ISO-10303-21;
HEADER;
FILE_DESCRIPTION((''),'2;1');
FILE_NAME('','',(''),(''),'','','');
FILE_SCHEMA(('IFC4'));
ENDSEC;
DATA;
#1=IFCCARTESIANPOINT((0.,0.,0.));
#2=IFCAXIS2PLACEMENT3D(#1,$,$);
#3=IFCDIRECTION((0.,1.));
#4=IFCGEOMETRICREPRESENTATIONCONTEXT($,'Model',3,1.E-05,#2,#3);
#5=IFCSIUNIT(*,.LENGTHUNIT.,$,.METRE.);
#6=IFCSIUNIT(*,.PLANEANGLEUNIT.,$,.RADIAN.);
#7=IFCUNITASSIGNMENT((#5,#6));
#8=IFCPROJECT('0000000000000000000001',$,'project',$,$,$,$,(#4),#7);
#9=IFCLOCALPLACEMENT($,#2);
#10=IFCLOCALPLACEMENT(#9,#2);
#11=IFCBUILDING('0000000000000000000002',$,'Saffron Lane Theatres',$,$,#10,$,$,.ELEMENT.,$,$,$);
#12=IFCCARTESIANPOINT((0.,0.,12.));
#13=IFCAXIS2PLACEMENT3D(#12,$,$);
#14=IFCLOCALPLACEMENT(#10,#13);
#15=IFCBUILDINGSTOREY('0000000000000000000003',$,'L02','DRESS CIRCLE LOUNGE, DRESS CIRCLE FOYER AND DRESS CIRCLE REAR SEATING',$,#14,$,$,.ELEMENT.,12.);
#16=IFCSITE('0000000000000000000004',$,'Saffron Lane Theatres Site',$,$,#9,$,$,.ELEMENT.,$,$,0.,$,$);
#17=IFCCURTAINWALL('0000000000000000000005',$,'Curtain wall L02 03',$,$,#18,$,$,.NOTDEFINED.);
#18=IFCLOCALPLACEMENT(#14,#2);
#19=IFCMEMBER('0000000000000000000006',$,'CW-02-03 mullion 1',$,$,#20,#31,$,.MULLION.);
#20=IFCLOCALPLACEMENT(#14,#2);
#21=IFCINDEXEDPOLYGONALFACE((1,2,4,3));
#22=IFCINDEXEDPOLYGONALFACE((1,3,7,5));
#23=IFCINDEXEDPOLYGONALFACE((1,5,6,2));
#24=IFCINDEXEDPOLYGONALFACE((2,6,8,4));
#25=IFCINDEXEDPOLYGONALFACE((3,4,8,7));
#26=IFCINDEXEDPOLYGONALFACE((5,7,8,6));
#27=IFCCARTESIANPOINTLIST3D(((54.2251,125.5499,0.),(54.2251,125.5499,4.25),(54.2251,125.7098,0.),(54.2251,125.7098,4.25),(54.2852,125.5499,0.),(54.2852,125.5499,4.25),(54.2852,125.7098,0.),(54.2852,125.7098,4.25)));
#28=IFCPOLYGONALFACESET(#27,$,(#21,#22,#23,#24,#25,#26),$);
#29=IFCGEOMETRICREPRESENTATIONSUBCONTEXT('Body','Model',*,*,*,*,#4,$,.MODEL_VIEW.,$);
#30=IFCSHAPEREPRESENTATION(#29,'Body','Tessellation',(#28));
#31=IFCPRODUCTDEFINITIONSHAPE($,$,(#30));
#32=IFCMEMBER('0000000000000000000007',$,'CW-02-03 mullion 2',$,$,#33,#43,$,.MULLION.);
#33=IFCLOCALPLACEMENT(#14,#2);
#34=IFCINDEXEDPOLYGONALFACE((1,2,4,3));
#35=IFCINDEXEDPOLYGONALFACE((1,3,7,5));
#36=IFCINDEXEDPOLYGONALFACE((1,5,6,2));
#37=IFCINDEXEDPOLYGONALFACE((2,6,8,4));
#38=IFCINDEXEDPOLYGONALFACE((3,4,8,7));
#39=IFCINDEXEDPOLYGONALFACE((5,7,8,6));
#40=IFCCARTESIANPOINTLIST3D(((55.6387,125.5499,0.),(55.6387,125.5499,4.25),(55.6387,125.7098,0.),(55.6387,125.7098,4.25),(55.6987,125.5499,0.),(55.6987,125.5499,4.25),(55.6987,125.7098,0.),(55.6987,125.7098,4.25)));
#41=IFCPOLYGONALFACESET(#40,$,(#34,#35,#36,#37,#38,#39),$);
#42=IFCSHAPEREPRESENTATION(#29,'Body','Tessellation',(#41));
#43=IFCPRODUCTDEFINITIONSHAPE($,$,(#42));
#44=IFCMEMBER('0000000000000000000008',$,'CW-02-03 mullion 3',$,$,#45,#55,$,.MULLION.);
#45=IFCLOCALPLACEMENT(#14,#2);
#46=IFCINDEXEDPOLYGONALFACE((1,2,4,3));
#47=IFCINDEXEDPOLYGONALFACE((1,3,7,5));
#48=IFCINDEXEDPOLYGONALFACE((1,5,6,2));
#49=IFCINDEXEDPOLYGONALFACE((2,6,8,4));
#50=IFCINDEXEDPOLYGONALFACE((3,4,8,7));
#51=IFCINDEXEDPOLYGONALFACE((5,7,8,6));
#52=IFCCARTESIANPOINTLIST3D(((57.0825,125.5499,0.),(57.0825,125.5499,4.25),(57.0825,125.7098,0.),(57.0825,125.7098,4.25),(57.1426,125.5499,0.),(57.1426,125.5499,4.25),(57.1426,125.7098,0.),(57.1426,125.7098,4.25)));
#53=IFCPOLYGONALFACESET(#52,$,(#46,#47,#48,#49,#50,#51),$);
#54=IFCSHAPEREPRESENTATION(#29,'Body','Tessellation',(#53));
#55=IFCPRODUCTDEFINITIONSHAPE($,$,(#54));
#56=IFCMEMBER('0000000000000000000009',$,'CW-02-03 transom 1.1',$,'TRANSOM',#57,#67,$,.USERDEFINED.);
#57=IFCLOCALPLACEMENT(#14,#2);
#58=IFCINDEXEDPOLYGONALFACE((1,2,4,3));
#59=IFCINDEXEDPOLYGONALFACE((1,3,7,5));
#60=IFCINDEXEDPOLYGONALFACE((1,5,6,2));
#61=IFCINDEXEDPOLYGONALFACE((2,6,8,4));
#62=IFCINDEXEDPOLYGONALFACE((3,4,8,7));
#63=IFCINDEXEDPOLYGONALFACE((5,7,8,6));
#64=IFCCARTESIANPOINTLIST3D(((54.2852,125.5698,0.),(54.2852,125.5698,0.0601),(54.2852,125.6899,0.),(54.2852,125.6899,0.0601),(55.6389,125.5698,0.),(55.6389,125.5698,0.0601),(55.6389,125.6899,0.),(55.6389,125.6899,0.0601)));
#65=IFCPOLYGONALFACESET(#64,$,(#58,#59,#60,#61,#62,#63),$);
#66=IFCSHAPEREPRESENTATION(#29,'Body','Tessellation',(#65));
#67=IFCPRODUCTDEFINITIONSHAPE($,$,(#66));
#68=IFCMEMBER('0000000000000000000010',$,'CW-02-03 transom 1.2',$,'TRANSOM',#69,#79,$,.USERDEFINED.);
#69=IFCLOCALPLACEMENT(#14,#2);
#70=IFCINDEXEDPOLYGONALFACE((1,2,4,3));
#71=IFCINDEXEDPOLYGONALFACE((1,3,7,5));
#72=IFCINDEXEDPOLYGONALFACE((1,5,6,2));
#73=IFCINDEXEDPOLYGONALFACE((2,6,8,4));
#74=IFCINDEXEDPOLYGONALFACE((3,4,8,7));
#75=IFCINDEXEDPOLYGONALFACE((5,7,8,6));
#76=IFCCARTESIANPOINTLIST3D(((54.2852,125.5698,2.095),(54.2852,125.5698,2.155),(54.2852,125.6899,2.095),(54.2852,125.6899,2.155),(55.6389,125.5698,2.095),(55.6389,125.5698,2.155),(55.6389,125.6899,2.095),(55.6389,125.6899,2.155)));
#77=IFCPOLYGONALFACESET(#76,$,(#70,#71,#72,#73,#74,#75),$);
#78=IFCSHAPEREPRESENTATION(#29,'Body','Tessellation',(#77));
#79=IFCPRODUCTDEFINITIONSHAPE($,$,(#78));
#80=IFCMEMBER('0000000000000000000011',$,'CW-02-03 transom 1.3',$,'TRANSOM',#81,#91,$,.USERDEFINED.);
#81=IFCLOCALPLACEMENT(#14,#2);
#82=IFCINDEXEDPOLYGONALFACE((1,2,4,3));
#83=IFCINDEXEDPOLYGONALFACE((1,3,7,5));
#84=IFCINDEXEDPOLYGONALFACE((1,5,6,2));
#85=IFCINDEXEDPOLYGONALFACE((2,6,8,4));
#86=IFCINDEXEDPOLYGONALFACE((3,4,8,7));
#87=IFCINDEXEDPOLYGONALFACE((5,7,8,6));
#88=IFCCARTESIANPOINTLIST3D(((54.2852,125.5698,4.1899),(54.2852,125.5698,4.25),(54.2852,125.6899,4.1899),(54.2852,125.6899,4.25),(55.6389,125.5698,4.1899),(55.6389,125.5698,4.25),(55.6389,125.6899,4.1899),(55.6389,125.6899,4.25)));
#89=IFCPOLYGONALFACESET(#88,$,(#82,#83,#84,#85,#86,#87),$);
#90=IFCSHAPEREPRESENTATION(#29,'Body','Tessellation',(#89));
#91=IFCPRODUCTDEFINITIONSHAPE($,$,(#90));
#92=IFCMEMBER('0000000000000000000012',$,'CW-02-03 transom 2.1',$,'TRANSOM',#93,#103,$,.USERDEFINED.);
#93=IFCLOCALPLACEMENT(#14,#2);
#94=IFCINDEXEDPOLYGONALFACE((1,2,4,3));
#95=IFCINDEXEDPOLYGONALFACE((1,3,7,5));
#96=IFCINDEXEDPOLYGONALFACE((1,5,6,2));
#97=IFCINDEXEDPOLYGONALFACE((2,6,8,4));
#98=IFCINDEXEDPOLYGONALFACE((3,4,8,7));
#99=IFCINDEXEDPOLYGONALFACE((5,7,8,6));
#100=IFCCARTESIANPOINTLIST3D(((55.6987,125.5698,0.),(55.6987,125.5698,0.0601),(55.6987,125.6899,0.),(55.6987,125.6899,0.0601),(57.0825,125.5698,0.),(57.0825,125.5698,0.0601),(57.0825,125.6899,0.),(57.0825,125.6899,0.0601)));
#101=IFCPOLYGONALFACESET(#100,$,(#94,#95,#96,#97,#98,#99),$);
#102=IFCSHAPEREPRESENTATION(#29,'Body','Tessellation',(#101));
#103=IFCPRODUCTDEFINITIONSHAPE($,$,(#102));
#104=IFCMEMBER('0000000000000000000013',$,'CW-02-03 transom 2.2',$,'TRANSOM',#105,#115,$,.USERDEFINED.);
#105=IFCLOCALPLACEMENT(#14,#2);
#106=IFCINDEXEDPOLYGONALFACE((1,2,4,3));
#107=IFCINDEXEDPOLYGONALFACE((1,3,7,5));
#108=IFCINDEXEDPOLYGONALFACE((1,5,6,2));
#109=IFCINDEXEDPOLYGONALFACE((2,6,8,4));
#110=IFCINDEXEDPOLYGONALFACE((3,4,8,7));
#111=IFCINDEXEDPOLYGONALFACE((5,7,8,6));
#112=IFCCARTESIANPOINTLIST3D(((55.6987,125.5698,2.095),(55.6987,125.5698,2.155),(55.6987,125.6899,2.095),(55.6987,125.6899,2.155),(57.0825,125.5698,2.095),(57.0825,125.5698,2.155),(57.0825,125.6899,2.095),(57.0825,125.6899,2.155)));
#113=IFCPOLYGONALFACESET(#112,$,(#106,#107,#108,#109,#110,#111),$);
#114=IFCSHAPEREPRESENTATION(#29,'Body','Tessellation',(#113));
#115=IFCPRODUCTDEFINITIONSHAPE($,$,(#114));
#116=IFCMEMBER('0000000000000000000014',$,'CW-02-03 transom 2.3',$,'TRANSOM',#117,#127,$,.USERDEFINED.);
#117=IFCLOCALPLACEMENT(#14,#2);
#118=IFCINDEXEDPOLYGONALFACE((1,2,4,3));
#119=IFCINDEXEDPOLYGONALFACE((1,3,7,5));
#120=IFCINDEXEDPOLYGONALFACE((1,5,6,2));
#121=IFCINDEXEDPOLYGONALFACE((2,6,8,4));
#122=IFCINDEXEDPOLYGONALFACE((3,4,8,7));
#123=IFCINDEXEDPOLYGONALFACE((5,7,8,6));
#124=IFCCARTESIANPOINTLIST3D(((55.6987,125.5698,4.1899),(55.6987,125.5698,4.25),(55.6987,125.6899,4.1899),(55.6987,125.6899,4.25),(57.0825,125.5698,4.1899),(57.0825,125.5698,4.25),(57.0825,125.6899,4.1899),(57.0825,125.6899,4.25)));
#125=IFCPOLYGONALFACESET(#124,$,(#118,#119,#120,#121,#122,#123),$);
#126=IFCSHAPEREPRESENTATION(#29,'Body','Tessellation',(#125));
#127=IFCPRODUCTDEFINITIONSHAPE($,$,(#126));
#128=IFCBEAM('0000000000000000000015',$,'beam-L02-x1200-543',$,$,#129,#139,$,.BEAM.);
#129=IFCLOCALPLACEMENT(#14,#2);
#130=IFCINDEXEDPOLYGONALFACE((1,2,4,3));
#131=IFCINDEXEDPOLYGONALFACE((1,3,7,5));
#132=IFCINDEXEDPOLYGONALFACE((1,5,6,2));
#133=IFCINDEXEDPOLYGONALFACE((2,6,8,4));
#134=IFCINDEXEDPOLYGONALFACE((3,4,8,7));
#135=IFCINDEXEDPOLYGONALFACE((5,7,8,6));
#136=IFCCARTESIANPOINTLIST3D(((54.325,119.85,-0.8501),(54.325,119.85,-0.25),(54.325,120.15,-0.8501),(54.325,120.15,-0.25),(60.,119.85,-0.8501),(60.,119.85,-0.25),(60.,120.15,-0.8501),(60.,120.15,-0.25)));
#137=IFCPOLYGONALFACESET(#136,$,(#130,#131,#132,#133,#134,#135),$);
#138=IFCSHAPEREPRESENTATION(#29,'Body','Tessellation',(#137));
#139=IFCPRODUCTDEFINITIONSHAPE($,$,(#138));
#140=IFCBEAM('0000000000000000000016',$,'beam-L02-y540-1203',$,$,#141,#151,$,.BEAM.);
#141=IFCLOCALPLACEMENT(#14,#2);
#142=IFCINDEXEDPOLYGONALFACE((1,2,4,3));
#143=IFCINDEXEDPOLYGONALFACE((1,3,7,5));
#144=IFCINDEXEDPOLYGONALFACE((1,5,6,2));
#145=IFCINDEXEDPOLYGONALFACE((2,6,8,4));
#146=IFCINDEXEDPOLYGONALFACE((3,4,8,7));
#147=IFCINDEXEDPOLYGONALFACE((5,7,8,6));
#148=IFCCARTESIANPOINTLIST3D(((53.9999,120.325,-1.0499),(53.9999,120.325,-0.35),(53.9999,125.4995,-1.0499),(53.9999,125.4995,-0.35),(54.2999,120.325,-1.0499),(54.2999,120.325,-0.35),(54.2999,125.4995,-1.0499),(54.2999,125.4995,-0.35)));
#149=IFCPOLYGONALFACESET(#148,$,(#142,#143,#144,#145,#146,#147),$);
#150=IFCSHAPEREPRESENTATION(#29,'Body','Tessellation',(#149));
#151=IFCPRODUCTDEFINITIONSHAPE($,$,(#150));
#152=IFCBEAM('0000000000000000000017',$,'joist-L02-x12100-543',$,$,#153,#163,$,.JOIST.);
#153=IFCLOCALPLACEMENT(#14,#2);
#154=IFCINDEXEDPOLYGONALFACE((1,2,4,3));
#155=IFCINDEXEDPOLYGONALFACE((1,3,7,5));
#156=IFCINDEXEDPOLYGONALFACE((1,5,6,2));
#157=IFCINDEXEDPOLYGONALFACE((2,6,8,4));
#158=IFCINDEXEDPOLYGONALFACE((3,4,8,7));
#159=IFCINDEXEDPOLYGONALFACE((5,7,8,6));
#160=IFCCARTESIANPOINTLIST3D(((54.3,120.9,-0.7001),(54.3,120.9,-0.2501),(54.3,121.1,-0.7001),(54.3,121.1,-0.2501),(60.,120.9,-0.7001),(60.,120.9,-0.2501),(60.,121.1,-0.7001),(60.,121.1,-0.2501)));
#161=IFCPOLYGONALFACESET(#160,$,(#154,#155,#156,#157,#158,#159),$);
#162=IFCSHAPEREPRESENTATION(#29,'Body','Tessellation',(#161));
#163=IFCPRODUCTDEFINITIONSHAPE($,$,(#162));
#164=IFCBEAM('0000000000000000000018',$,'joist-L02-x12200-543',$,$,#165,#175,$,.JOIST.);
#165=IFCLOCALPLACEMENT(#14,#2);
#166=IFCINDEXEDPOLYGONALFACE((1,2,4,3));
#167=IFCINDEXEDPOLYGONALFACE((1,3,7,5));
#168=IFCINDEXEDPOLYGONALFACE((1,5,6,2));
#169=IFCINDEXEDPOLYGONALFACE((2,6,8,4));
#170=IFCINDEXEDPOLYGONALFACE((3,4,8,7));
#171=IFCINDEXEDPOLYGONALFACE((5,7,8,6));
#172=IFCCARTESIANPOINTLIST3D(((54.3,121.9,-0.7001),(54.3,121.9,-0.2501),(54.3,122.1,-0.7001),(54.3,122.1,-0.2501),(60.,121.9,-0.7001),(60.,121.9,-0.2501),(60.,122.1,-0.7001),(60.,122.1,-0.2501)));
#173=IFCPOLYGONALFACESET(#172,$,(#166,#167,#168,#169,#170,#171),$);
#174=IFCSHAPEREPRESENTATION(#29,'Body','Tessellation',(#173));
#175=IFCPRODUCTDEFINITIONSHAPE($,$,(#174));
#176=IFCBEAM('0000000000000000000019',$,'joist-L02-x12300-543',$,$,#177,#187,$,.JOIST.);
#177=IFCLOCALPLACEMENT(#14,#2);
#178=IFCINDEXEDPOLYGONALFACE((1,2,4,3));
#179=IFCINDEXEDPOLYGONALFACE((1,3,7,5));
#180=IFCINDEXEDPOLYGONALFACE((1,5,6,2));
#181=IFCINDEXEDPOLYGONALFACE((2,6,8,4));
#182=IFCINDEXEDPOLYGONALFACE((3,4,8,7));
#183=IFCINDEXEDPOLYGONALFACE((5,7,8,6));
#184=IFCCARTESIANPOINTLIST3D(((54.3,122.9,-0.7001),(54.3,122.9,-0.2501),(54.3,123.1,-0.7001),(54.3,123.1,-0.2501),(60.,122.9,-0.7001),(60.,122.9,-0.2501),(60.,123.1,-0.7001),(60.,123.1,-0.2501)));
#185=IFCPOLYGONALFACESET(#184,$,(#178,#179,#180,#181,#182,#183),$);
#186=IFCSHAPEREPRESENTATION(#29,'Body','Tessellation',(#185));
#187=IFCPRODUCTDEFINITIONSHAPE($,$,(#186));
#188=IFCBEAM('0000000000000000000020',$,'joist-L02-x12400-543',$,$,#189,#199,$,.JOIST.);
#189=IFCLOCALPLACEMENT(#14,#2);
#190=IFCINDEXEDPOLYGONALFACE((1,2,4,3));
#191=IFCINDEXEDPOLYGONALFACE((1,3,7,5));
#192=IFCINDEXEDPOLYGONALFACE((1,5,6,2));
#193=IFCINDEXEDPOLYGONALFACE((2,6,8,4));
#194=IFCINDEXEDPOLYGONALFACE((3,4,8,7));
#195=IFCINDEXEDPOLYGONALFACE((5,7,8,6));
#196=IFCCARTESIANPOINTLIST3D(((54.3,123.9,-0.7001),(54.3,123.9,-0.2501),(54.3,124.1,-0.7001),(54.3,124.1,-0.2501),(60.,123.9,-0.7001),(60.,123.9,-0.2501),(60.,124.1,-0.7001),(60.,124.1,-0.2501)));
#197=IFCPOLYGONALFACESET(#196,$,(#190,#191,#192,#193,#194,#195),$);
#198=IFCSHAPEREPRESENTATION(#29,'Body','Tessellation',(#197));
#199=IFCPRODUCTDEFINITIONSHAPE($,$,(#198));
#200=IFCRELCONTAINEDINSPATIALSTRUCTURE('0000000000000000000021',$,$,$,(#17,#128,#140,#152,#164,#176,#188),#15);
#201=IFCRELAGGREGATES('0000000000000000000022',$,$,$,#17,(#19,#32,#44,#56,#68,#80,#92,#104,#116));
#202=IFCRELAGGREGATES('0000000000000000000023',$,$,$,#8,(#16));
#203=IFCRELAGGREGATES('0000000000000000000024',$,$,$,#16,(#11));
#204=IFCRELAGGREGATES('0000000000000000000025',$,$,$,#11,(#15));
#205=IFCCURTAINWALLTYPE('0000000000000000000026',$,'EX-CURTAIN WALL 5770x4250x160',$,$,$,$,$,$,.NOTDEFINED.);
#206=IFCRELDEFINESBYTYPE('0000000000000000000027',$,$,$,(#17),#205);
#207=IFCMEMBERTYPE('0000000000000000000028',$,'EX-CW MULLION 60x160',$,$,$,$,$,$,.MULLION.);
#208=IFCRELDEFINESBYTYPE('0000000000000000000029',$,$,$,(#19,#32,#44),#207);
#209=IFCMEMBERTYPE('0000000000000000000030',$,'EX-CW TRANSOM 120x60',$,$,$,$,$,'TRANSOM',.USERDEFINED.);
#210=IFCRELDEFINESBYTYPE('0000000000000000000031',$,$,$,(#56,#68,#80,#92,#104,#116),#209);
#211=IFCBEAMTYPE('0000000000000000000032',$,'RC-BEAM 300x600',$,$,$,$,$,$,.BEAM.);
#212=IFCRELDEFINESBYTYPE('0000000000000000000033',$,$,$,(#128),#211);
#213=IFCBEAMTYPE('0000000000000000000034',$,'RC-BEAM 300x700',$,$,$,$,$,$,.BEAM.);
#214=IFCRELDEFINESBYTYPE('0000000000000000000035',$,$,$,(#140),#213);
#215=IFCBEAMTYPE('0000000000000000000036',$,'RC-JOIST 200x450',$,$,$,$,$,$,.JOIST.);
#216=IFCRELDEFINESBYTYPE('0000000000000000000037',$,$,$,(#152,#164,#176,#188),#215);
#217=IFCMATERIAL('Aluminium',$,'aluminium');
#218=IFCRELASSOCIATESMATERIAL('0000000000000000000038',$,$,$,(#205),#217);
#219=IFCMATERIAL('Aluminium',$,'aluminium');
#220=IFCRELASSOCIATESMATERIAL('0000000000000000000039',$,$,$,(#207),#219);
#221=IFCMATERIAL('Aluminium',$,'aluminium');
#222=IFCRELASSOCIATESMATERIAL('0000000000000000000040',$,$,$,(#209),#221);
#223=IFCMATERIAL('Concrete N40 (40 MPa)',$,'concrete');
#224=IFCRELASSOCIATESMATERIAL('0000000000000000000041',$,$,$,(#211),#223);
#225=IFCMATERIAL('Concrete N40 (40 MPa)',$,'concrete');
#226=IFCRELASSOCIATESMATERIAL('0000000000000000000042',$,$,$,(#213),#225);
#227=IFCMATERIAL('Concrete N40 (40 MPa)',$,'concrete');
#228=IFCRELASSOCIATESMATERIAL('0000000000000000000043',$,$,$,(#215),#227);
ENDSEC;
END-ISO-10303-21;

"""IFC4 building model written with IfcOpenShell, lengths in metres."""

from ifc_helpers import new_model, si_unit, direction, frame, origin, origin_2d, place, context, subcontext, project, spatial, rectangle, extrude, material, material_profile, profile_set, type_object, element, aggregate, save


model = new_model("IFC4")

# Units and contexts
model_context = context("Model", 3, precision=1e-05, world=origin(), true_north=direction((0.0, 1.0)))
body_context = subcontext(model_context, "Body", "Model", "MODEL_VIEW")
ifc_project = project(units=[si_unit("LENGTHUNIT", "METRE"), si_unit("PLANEANGLEUNIT", "RADIAN")], contexts=[model_context])

# Site, building, storey
site_placement = place(None, origin())
site = spatial("IfcSite", under=ifc_project, at=site_placement, Name="Saffron Lane Theatres Site", CompositionType="ELEMENT", RefElevation=0.0)
building_placement = place(site_placement, origin())
building = spatial("IfcBuilding", under=site, at=building_placement, Name="Saffron Lane Theatres", CompositionType="ELEMENT")
storey_placement = place(building_placement, frame((0.0, 0.0, 12.0)))
storey = spatial("IfcBuildingStorey", under=building, at=storey_placement, Name="L02", Description="DRESS CIRCLE LOUNGE, DRESS CIRCLE FOYER AND DRESS CIRCLE REAR SEATING", CompositionType="ELEMENT", Elevation=12.0)

# Curtain wall, members
ifc_material_1 = material(Name="Aluminium", Category="aluminium")
curtain_wall_type = type_object("IfcCurtainWallType", Name="EX-CURTAIN WALL 5770x4250x160", PredefinedType="NOTDEFINED", material=ifc_material_1)
curtain_wall_placement = place(storey_placement, origin())
curtain_wall = element("IfcCurtainWall", 1, at=curtain_wall_placement, inside=storey, type_object=curtain_wall_type, Name="Curtain wall L02 03", PredefinedType="NOTDEFINED")
ifc_material_2 = material(Name="Aluminium", Category="aluminium")
ifc_material_profile_1 = material_profile(ifc_material_2, rectangle(XDim=0.0601, YDim=0.1599, at=origin_2d()))
ifc_profile_set_1 = profile_set([ifc_material_profile_1], Name="Aluminium")
member_type_1 = type_object("IfcMemberType", Name="EX-CW MULLION 60x160", PredefinedType="MULLION", material=ifc_profile_set_1)
member_1_placement = place(storey_placement, frame((54.2551, 125.6299, 0.0), z_axis=(0.0, 0.0, 1.0), x_axis=(1.0, 0.0, 0.0)))
member_1 = element("IfcMember", 2, at=member_1_placement, type_object=member_type_1, Name="CW-02-03 mullion 1", PredefinedType="MULLION", context=body_context, shape_type="SweptSolid", body=[
    extrude(rectangle(XDim=0.0601, YDim=0.1599, at=origin_2d()), origin(), (0.0, 0.0, 1.0), 4.25),
])
member_2_placement = place(storey_placement, frame((55.6687, 125.6299, 0.0), z_axis=(0.0, 0.0, 1.0), x_axis=(1.0, 0.0, 0.0)))
member_2 = element("IfcMember", 3, at=member_2_placement, type_object=member_type_1, Name="CW-02-03 mullion 2", PredefinedType="MULLION", context=body_context, shape_type="SweptSolid", body=[
    extrude(rectangle(XDim=0.0601, YDim=0.1599, at=origin_2d()), origin(), (0.0, 0.0, 1.0), 4.25),
])
member_3_placement = place(storey_placement, frame((57.1125, 125.6299, 0.0), z_axis=(0.0, 0.0, 1.0), x_axis=(1.0, 0.0, 0.0)))
member_3 = element("IfcMember", 4, at=member_3_placement, type_object=member_type_1, Name="CW-02-03 mullion 3", PredefinedType="MULLION", context=body_context, shape_type="SweptSolid", body=[
    extrude(rectangle(XDim=0.0601, YDim=0.1599, at=origin_2d()), origin(), (0.0, 0.0, 1.0), 4.25),
])
ifc_material_3 = material(Name="Aluminium", Category="aluminium")
ifc_material_profile_2 = material_profile(ifc_material_3, rectangle(XDim=0.1201, YDim=0.0601, at=origin_2d()))
ifc_profile_set_2 = profile_set([ifc_material_profile_2], Name="Aluminium")
member_type_2 = type_object("IfcMemberType", Name="EX-CW TRANSOM 120x60", ElementType="TRANSOM", PredefinedType="USERDEFINED", material=ifc_profile_set_2)
member_4_placement = place(storey_placement, frame((54.2852, 125.6299, 0.03), z_axis=(1.0, 0.0, 0.0), x_axis=(0.0, 1.0, 0.0)))
member_4 = element("IfcMember", 5, at=member_4_placement, type_object=member_type_2, Name="CW-02-03 transom 1.1", ObjectType="TRANSOM", PredefinedType="USERDEFINED", context=body_context, shape_type="SweptSolid", body=[
    extrude(rectangle(XDim=0.1201, YDim=0.0601, at=origin_2d()), origin(), (0.0, 0.0, 1.0), 1.3538),
])
member_5_placement = place(storey_placement, frame((54.2852, 125.6299, 2.125), z_axis=(1.0, 0.0, 0.0), x_axis=(0.0, 1.0, 0.0)))
member_5 = element("IfcMember", 6, at=member_5_placement, type_object=member_type_2, Name="CW-02-03 transom 1.2", ObjectType="TRANSOM", PredefinedType="USERDEFINED", context=body_context, shape_type="SweptSolid", body=[
    extrude(rectangle(XDim=0.1201, YDim=0.0601, at=origin_2d()), origin(), (0.0, 0.0, 1.0), 1.3538),
])
member_6_placement = place(storey_placement, frame((54.2852, 125.6299, 4.22), z_axis=(1.0, 0.0, 0.0), x_axis=(0.0, 1.0, 0.0)))
member_6 = element("IfcMember", 7, at=member_6_placement, type_object=member_type_2, Name="CW-02-03 transom 1.3", ObjectType="TRANSOM", PredefinedType="USERDEFINED", context=body_context, shape_type="SweptSolid", body=[
    extrude(rectangle(XDim=0.1201, YDim=0.0601, at=origin_2d()), origin(), (0.0, 0.0, 1.0), 1.3538),
])
member_7_placement = place(storey_placement, frame((55.6987, 125.6299, 0.03), z_axis=(1.0, 0.0, 0.0), x_axis=(0.0, 1.0, 0.0)))
member_7 = element("IfcMember", 8, at=member_7_placement, type_object=member_type_2, Name="CW-02-03 transom 2.1", ObjectType="TRANSOM", PredefinedType="USERDEFINED", context=body_context, shape_type="SweptSolid", body=[
    extrude(rectangle(XDim=0.1201, YDim=0.0601, at=origin_2d()), origin(), (0.0, 0.0, 1.0), 1.3838),
])
member_8_placement = place(storey_placement, frame((55.6987, 125.6299, 2.125), z_axis=(1.0, 0.0, 0.0), x_axis=(0.0, 1.0, 0.0)))
member_8 = element("IfcMember", 9, at=member_8_placement, type_object=member_type_2, Name="CW-02-03 transom 2.2", ObjectType="TRANSOM", PredefinedType="USERDEFINED", context=body_context, shape_type="SweptSolid", body=[
    extrude(rectangle(XDim=0.1201, YDim=0.0601, at=origin_2d()), origin(), (0.0, 0.0, 1.0), 1.3838),
])
member_9_placement = place(storey_placement, frame((55.6987, 125.6299, 4.22), z_axis=(1.0, 0.0, 0.0), x_axis=(0.0, 1.0, 0.0)))
member_9 = element("IfcMember", 10, at=member_9_placement, type_object=member_type_2, Name="CW-02-03 transom 2.3", ObjectType="TRANSOM", PredefinedType="USERDEFINED", context=body_context, shape_type="SweptSolid", body=[
    extrude(rectangle(XDim=0.1201, YDim=0.0601, at=origin_2d()), origin(), (0.0, 0.0, 1.0), 1.3838),
])

# Beams
ifc_material_4 = material(Name="Concrete N40 (40 MPa)", Category="concrete")
ifc_material_profile_3 = material_profile(ifc_material_4, rectangle(XDim=0.3, YDim=0.6001, at=origin_2d()))
ifc_profile_set_3 = profile_set([ifc_material_profile_3], Name="Concrete N40 (40 MPa)")
beam_type_1 = type_object("IfcBeamType", Name="RC-BEAM 300x600", PredefinedType="BEAM", material=ifc_profile_set_3)
beam_1_placement = place(storey_placement, frame((54.325, 120.0, -0.55), z_axis=(1.0, 0.0, 0.0), x_axis=(0.0, 1.0, 0.0)))
element("IfcBeam", 11, at=beam_1_placement, inside=storey, type_object=beam_type_1, Name="beam-L02-x1200-543", PredefinedType="BEAM", context=body_context, shape_type="SweptSolid", body=[
    extrude(rectangle(XDim=0.3, YDim=0.6001, at=origin_2d()), origin(), (0.0, 0.0, 1.0), 5.675),
])
ifc_material_5 = material(Name="Concrete N40 (40 MPa)", Category="concrete")
ifc_material_profile_4 = material_profile(ifc_material_5, rectangle(XDim=0.3, YDim=0.7, at=origin_2d()))
ifc_profile_set_4 = profile_set([ifc_material_profile_4], Name="Concrete N40 (40 MPa)")
beam_type_2 = type_object("IfcBeamType", Name="RC-BEAM 300x700", PredefinedType="BEAM", material=ifc_profile_set_4)
beam_2_placement = place(storey_placement, frame((54.1499, 120.325, -0.7), z_axis=(0.0, 1.0, 0.0), x_axis=(-1.0, 0.0, 0.0)))
element("IfcBeam", 12, at=beam_2_placement, inside=storey, type_object=beam_type_2, Name="beam-L02-y540-1203", PredefinedType="BEAM", context=body_context, shape_type="SweptSolid", body=[
    extrude(rectangle(XDim=0.3, YDim=0.7, at=origin_2d()), origin(), (0.0, 0.0, 1.0), 5.1746),
])
ifc_material_6 = material(Name="Concrete N40 (40 MPa)", Category="concrete")
ifc_material_profile_5 = material_profile(ifc_material_6, rectangle(XDim=0.2, YDim=0.45, at=origin_2d()))
ifc_profile_set_5 = profile_set([ifc_material_profile_5], Name="Concrete N40 (40 MPa)")
beam_type_3 = type_object("IfcBeamType", Name="RC-JOIST 200x450", PredefinedType="JOIST", material=ifc_profile_set_5)
for number, where, z_axis, x_axis, name in (
    (13, (54.3, 121.0, -0.4751), (1.0, 0.0, 0.0), (0.0, 1.0, 0.0), "joist-L02-x12100-543"),
    (14, (54.3, 122.0, -0.4751), (1.0, 0.0, 0.0), (0.0, 1.0, 0.0), "joist-L02-x12200-543"),
    (15, (54.3, 123.0, -0.4751), (1.0, 0.0, 0.0), (0.0, 1.0, 0.0), "joist-L02-x12300-543"),
    (16, (54.3, 124.0, -0.4751), (1.0, 0.0, 0.0), (0.0, 1.0, 0.0), "joist-L02-x12400-543"),
):
    element("IfcBeam", number, at=place(storey_placement, frame(where, z_axis=z_axis, x_axis=x_axis)), inside=storey, type_object=beam_type_3, Name=name, PredefinedType="JOIST", context=body_context, shape_type="SweptSolid", body=[
        extrude(rectangle(XDim=0.2, YDim=0.45, at=origin_2d()), origin(), (0.0, 0.0, 1.0), 5.7),
    ])

aggregate(curtain_wall, [member_1, member_2, member_3, member_4, member_5, member_6, member_7, member_8, member_9])

save(model, "model.ifc")
